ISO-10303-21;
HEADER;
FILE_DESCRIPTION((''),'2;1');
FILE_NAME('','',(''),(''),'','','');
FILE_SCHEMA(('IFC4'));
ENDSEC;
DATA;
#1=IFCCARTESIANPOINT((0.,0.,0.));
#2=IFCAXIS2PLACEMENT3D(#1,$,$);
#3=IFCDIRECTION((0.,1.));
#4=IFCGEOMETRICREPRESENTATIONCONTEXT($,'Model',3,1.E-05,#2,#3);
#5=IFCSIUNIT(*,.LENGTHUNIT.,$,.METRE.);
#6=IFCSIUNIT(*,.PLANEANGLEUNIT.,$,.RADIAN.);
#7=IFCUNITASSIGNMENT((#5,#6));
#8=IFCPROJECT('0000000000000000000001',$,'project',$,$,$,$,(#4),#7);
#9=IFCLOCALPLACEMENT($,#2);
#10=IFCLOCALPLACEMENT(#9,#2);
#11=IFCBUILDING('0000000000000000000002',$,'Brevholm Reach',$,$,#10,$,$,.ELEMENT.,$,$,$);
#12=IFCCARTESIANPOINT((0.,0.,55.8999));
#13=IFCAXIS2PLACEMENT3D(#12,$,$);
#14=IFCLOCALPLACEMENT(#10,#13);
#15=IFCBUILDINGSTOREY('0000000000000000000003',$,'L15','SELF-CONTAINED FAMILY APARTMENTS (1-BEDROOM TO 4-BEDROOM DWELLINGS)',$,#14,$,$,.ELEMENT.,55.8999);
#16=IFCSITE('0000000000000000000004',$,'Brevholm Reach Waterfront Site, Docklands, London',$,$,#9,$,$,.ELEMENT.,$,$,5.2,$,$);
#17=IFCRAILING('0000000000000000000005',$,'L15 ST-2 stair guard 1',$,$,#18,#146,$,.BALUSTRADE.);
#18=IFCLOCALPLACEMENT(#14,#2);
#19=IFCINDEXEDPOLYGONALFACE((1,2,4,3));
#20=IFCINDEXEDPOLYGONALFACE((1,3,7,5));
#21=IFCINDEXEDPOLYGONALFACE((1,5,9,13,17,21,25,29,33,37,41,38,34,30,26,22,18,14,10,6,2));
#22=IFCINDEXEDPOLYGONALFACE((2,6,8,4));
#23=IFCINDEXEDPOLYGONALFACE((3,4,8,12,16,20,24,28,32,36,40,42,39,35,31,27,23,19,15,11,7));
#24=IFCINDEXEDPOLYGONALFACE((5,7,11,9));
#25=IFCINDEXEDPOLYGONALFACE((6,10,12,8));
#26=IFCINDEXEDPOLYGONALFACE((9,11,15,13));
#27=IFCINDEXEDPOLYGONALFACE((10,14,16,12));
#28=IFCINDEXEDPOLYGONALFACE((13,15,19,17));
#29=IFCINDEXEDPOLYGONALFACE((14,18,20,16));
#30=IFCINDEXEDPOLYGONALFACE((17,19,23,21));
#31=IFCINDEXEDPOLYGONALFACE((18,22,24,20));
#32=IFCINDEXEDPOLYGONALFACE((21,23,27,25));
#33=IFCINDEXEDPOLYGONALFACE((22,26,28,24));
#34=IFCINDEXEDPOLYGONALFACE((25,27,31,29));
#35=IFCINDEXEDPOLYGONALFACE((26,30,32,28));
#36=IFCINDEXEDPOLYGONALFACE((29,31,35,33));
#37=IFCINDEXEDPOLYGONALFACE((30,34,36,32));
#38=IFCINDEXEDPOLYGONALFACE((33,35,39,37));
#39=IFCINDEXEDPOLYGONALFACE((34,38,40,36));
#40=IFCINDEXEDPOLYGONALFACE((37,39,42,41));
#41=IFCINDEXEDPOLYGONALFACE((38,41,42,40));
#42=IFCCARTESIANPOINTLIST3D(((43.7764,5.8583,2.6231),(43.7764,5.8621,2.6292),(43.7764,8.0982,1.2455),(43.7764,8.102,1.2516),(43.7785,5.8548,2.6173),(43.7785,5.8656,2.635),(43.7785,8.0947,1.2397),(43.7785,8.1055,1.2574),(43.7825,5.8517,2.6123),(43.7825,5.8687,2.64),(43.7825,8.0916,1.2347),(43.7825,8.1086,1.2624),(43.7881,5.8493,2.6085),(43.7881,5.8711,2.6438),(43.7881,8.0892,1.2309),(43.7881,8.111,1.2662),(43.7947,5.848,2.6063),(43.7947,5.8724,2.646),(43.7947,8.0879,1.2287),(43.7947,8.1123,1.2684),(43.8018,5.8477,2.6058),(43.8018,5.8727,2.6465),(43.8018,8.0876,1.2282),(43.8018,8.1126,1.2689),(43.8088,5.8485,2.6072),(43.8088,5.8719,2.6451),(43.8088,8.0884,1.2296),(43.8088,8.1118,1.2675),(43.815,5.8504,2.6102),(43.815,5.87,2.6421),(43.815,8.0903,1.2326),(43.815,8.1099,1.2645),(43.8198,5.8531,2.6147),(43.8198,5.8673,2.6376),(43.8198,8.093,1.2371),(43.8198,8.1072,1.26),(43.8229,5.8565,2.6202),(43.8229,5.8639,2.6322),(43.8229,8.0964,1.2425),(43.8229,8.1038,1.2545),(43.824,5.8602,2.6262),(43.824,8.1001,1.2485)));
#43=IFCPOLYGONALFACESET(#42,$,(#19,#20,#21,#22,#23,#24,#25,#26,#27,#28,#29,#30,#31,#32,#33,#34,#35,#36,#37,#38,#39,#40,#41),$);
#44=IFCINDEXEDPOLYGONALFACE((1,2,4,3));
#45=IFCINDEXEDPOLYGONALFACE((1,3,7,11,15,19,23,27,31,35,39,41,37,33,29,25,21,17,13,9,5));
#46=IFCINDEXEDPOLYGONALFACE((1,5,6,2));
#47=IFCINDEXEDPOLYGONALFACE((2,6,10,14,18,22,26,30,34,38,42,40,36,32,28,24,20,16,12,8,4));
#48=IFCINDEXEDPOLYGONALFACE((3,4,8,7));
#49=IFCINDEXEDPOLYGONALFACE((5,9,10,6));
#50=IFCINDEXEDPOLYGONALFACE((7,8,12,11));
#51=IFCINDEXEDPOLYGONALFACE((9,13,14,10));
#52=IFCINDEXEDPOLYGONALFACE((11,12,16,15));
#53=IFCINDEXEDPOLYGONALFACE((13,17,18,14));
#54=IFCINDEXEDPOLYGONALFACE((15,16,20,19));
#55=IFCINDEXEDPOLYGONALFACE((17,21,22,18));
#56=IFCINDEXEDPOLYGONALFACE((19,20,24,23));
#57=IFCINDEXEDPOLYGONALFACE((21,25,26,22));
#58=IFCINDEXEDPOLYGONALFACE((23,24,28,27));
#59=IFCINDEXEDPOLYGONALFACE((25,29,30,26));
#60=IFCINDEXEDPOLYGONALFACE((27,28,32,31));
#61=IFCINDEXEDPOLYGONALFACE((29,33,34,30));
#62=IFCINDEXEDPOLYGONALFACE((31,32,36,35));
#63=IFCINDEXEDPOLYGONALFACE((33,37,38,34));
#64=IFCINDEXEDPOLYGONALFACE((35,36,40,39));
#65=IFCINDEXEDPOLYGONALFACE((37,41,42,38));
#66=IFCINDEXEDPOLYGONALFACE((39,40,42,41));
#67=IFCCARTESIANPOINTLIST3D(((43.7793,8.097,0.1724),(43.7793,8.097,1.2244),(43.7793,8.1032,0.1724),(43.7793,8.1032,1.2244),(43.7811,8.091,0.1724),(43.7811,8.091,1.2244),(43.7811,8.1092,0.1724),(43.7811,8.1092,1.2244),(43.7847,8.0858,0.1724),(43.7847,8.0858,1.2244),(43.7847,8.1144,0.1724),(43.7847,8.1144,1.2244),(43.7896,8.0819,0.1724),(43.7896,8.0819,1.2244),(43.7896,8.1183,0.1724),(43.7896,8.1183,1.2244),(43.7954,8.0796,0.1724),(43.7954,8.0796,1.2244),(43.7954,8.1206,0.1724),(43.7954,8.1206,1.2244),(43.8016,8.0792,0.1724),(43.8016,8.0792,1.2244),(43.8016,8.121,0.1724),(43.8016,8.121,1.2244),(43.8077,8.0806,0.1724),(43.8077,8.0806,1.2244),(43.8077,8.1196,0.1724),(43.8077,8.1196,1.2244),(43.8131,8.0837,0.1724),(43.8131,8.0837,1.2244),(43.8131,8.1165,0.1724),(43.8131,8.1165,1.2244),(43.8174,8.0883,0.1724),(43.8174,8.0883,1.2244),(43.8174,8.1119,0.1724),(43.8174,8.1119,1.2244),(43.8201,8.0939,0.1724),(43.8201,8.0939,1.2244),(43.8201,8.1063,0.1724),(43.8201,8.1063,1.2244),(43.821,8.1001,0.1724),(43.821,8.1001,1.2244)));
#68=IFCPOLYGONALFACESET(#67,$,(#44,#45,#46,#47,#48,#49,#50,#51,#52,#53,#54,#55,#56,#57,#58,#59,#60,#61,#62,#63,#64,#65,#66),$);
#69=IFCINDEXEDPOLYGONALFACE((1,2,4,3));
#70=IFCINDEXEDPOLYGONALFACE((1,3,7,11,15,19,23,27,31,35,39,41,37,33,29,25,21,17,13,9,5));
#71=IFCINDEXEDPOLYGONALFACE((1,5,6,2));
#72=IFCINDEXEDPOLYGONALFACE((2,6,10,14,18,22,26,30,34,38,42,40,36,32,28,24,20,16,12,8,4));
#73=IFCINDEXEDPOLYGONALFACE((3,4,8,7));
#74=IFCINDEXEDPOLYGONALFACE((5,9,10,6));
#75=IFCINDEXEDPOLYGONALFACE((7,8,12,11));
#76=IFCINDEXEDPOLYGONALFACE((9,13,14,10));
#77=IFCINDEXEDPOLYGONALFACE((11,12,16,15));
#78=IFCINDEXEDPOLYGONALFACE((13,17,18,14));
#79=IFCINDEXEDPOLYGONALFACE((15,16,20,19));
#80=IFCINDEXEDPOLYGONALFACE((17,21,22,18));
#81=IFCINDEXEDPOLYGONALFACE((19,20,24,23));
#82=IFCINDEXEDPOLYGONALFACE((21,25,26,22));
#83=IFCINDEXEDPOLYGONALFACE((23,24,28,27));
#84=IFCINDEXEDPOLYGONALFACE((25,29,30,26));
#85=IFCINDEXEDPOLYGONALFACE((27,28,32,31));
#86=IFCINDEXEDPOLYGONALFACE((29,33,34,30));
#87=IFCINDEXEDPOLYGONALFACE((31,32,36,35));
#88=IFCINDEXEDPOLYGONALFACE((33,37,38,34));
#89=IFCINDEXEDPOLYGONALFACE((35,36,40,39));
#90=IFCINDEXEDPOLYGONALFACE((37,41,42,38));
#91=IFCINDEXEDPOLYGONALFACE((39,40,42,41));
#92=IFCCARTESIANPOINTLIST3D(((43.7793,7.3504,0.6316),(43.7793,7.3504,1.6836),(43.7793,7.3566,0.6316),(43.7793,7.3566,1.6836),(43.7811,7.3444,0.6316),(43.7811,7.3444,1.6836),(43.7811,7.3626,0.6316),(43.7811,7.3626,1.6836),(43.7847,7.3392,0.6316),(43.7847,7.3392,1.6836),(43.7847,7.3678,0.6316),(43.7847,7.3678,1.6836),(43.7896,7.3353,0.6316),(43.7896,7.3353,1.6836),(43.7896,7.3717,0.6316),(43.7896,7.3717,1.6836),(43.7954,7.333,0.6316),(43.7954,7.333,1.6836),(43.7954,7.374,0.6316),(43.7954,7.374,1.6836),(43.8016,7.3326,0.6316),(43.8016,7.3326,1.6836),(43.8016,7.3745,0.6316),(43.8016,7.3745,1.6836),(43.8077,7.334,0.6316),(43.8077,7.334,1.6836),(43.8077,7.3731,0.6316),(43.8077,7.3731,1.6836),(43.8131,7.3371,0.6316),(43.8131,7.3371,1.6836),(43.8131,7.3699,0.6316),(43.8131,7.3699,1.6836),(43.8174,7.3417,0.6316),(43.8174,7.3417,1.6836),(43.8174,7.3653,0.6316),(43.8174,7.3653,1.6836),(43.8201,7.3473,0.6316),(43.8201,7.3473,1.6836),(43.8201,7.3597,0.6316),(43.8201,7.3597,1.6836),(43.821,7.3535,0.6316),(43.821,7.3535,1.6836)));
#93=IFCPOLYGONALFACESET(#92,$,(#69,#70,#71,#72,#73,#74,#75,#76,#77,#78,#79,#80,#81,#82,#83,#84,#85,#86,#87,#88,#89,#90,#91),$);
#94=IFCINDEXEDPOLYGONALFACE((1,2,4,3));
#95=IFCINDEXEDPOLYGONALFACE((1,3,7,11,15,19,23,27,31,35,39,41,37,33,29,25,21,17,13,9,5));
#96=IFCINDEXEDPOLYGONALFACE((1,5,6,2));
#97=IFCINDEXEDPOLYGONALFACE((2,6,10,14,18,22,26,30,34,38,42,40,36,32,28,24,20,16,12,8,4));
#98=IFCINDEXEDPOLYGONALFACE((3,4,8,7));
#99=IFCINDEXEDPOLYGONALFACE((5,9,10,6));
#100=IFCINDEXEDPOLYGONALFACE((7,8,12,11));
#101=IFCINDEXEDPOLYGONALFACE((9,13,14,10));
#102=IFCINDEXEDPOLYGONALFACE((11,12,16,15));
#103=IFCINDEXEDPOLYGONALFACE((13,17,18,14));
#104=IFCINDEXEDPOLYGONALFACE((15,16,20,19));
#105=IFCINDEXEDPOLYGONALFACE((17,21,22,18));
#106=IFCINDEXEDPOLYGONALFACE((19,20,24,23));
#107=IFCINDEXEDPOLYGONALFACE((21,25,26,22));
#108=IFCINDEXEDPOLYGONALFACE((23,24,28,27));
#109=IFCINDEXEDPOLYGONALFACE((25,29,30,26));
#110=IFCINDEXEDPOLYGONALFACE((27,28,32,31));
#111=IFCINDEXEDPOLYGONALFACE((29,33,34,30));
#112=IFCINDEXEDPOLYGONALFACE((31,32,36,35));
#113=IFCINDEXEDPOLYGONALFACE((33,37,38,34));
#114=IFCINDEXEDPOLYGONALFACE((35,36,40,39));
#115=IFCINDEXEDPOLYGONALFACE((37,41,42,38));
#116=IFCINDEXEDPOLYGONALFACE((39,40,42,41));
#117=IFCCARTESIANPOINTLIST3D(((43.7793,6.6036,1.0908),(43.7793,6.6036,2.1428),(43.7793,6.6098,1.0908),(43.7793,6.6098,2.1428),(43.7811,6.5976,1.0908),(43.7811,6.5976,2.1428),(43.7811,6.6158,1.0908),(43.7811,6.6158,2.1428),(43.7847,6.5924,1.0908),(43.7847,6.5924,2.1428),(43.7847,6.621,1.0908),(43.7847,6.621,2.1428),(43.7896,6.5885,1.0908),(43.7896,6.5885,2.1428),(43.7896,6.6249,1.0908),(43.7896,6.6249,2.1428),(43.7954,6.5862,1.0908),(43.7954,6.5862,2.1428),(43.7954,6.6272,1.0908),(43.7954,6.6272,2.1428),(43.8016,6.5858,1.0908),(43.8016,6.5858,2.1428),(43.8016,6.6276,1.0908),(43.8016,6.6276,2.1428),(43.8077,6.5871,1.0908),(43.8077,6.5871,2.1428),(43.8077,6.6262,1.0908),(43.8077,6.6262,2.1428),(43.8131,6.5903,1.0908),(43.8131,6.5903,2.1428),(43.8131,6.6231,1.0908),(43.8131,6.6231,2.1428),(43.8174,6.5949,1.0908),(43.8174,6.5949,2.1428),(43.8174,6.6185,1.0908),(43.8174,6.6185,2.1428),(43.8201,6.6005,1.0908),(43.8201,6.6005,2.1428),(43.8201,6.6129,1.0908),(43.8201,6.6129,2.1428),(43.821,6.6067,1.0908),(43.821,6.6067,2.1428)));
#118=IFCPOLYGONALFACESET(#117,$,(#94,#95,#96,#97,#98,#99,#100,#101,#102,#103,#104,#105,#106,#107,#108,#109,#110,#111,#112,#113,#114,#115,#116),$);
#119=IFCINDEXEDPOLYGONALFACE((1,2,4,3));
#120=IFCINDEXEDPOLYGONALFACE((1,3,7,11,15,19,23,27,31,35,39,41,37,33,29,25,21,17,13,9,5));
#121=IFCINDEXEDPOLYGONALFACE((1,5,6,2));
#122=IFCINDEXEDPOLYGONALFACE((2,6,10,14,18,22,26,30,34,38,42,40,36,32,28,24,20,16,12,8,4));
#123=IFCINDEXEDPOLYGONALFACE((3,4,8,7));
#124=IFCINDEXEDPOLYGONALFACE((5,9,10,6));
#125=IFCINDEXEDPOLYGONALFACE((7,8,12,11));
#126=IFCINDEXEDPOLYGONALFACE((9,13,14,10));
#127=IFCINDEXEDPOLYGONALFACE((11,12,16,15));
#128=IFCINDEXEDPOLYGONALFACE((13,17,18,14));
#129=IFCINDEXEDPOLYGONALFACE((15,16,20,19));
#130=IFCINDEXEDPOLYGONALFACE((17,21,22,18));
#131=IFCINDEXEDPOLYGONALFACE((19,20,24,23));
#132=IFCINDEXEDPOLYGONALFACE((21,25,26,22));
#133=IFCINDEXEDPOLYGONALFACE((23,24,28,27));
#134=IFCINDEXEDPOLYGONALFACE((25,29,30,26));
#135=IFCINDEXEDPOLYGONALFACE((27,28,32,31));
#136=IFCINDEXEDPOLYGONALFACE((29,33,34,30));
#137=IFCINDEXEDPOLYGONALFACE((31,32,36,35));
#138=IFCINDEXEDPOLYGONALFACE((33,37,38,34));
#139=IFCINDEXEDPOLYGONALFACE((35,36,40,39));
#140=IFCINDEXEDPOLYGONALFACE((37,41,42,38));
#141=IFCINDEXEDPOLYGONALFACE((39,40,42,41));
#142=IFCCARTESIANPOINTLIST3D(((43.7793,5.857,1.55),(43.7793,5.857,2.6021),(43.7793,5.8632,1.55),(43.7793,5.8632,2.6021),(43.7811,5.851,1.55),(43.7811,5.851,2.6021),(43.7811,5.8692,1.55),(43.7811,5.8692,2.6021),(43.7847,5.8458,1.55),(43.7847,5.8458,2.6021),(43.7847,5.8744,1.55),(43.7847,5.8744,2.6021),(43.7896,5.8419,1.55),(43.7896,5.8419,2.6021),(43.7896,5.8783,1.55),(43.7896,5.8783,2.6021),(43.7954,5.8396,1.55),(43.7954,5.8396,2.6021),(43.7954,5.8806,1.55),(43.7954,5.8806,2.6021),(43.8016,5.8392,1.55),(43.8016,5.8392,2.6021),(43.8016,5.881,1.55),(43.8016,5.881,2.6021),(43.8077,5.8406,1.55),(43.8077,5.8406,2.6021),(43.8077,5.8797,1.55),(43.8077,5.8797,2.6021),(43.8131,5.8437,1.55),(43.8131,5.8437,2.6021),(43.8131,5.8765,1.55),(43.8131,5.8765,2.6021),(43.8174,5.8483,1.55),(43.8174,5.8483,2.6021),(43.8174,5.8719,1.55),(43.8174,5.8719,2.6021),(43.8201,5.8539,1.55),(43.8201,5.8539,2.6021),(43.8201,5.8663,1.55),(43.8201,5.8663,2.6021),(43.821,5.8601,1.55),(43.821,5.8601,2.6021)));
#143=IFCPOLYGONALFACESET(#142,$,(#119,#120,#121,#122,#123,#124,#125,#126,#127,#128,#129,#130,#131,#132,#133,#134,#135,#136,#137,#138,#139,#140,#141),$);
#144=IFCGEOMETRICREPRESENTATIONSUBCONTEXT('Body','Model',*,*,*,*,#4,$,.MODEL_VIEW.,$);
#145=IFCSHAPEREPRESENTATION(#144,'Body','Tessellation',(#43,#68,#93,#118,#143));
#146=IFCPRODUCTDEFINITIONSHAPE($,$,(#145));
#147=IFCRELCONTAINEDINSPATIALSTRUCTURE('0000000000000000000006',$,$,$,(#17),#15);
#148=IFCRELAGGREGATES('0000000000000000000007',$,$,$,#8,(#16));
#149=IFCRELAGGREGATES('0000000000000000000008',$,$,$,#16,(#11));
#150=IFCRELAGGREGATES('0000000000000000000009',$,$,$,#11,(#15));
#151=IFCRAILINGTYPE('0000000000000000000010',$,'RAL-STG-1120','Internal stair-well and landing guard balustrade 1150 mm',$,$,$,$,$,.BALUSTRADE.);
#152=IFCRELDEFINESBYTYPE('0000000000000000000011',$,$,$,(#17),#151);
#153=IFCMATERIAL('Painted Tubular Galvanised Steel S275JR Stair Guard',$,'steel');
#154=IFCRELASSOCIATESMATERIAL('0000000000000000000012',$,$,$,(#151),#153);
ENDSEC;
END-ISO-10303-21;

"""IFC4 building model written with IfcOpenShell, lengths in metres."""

from ifc_helpers import new_model, si_unit, direction, frame, origin, origin_2d, place, context, subcontext, project, spatial, circle, extrude, material, type_object, element, save


model = new_model("IFC4")

# Units and contexts
model_context = context("Model", 3, precision=1e-05, world=origin(), true_north=direction((0.0, 1.0)))
body_context = subcontext(model_context, "Body", "Model", "MODEL_VIEW")
ifc_project = project(units=[si_unit("LENGTHUNIT", "METRE"), si_unit("PLANEANGLEUNIT", "RADIAN")], contexts=[model_context])

# Site, building, storey
site_placement = place(None, origin())
site = spatial("IfcSite", under=ifc_project, at=site_placement, Name="Brevholm Reach Waterfront Site, Docklands, London", CompositionType="ELEMENT", RefElevation=5.2)
building_placement = place(site_placement, origin())
building = spatial("IfcBuilding", under=site, at=building_placement, Name="Brevholm Reach", CompositionType="ELEMENT")
storey_placement = place(building_placement, frame((0.0, 0.0, 55.8999)))
storey = spatial("IfcBuildingStorey", under=building, at=storey_placement, Name="L15", Description="SELF-CONTAINED FAMILY APARTMENTS (1-BEDROOM TO 4-BEDROOM DWELLINGS)", CompositionType="ELEMENT", Elevation=55.8999)

# Railing
ifc_material_1 = material(Name="Painted Tubular Galvanised Steel S275JR Stair Guard", Category="steel")
railing_type = type_object("IfcRailingType", Name="RAL-STG-1120", Description="Internal stair-well and landing guard balustrade 1150 mm", PredefinedType="BALUSTRADE", material=ifc_material_1)
railing_1_placement = place(storey_placement, frame((43.8, 8.1001, 0.1724)))
element("IfcRailing", 1, at=railing_1_placement, inside=storey, type_object=railing_type, Name="L15 ST-2 stair guard 1", PredefinedType="BALUSTRADE", context=body_context, shape_type="SweptSolid", body=[
    extrude(circle(Radius=0.0239, at=origin_2d()), frame((0.0, 0.0, 1.0762), z_axis=(0.0, -0.851789, 0.523885), x_axis=(1.0, 0.0, 0.0)), (0.0, 0.0, 1.0), 2.6296),
    extrude(circle(Radius=0.021, at=origin_2d()), origin(), (0.0, 0.0, 1.0), 1.052),
    extrude(circle(Radius=0.021, at=origin_2d()), frame((0.0, -0.7466, 0.4592)), (0.0, 0.0, 1.0), 1.052),
    extrude(circle(Radius=0.021, at=origin_2d()), frame((0.0, -1.4934, 0.9185)), (0.0, 0.0, 1.0), 1.052),
    extrude(circle(Radius=0.021, at=origin_2d()), frame((0.0, -2.24, 1.3777)), (0.0, 0.0, 1.0), 1.052),
])

save(model, "model.ifc")
